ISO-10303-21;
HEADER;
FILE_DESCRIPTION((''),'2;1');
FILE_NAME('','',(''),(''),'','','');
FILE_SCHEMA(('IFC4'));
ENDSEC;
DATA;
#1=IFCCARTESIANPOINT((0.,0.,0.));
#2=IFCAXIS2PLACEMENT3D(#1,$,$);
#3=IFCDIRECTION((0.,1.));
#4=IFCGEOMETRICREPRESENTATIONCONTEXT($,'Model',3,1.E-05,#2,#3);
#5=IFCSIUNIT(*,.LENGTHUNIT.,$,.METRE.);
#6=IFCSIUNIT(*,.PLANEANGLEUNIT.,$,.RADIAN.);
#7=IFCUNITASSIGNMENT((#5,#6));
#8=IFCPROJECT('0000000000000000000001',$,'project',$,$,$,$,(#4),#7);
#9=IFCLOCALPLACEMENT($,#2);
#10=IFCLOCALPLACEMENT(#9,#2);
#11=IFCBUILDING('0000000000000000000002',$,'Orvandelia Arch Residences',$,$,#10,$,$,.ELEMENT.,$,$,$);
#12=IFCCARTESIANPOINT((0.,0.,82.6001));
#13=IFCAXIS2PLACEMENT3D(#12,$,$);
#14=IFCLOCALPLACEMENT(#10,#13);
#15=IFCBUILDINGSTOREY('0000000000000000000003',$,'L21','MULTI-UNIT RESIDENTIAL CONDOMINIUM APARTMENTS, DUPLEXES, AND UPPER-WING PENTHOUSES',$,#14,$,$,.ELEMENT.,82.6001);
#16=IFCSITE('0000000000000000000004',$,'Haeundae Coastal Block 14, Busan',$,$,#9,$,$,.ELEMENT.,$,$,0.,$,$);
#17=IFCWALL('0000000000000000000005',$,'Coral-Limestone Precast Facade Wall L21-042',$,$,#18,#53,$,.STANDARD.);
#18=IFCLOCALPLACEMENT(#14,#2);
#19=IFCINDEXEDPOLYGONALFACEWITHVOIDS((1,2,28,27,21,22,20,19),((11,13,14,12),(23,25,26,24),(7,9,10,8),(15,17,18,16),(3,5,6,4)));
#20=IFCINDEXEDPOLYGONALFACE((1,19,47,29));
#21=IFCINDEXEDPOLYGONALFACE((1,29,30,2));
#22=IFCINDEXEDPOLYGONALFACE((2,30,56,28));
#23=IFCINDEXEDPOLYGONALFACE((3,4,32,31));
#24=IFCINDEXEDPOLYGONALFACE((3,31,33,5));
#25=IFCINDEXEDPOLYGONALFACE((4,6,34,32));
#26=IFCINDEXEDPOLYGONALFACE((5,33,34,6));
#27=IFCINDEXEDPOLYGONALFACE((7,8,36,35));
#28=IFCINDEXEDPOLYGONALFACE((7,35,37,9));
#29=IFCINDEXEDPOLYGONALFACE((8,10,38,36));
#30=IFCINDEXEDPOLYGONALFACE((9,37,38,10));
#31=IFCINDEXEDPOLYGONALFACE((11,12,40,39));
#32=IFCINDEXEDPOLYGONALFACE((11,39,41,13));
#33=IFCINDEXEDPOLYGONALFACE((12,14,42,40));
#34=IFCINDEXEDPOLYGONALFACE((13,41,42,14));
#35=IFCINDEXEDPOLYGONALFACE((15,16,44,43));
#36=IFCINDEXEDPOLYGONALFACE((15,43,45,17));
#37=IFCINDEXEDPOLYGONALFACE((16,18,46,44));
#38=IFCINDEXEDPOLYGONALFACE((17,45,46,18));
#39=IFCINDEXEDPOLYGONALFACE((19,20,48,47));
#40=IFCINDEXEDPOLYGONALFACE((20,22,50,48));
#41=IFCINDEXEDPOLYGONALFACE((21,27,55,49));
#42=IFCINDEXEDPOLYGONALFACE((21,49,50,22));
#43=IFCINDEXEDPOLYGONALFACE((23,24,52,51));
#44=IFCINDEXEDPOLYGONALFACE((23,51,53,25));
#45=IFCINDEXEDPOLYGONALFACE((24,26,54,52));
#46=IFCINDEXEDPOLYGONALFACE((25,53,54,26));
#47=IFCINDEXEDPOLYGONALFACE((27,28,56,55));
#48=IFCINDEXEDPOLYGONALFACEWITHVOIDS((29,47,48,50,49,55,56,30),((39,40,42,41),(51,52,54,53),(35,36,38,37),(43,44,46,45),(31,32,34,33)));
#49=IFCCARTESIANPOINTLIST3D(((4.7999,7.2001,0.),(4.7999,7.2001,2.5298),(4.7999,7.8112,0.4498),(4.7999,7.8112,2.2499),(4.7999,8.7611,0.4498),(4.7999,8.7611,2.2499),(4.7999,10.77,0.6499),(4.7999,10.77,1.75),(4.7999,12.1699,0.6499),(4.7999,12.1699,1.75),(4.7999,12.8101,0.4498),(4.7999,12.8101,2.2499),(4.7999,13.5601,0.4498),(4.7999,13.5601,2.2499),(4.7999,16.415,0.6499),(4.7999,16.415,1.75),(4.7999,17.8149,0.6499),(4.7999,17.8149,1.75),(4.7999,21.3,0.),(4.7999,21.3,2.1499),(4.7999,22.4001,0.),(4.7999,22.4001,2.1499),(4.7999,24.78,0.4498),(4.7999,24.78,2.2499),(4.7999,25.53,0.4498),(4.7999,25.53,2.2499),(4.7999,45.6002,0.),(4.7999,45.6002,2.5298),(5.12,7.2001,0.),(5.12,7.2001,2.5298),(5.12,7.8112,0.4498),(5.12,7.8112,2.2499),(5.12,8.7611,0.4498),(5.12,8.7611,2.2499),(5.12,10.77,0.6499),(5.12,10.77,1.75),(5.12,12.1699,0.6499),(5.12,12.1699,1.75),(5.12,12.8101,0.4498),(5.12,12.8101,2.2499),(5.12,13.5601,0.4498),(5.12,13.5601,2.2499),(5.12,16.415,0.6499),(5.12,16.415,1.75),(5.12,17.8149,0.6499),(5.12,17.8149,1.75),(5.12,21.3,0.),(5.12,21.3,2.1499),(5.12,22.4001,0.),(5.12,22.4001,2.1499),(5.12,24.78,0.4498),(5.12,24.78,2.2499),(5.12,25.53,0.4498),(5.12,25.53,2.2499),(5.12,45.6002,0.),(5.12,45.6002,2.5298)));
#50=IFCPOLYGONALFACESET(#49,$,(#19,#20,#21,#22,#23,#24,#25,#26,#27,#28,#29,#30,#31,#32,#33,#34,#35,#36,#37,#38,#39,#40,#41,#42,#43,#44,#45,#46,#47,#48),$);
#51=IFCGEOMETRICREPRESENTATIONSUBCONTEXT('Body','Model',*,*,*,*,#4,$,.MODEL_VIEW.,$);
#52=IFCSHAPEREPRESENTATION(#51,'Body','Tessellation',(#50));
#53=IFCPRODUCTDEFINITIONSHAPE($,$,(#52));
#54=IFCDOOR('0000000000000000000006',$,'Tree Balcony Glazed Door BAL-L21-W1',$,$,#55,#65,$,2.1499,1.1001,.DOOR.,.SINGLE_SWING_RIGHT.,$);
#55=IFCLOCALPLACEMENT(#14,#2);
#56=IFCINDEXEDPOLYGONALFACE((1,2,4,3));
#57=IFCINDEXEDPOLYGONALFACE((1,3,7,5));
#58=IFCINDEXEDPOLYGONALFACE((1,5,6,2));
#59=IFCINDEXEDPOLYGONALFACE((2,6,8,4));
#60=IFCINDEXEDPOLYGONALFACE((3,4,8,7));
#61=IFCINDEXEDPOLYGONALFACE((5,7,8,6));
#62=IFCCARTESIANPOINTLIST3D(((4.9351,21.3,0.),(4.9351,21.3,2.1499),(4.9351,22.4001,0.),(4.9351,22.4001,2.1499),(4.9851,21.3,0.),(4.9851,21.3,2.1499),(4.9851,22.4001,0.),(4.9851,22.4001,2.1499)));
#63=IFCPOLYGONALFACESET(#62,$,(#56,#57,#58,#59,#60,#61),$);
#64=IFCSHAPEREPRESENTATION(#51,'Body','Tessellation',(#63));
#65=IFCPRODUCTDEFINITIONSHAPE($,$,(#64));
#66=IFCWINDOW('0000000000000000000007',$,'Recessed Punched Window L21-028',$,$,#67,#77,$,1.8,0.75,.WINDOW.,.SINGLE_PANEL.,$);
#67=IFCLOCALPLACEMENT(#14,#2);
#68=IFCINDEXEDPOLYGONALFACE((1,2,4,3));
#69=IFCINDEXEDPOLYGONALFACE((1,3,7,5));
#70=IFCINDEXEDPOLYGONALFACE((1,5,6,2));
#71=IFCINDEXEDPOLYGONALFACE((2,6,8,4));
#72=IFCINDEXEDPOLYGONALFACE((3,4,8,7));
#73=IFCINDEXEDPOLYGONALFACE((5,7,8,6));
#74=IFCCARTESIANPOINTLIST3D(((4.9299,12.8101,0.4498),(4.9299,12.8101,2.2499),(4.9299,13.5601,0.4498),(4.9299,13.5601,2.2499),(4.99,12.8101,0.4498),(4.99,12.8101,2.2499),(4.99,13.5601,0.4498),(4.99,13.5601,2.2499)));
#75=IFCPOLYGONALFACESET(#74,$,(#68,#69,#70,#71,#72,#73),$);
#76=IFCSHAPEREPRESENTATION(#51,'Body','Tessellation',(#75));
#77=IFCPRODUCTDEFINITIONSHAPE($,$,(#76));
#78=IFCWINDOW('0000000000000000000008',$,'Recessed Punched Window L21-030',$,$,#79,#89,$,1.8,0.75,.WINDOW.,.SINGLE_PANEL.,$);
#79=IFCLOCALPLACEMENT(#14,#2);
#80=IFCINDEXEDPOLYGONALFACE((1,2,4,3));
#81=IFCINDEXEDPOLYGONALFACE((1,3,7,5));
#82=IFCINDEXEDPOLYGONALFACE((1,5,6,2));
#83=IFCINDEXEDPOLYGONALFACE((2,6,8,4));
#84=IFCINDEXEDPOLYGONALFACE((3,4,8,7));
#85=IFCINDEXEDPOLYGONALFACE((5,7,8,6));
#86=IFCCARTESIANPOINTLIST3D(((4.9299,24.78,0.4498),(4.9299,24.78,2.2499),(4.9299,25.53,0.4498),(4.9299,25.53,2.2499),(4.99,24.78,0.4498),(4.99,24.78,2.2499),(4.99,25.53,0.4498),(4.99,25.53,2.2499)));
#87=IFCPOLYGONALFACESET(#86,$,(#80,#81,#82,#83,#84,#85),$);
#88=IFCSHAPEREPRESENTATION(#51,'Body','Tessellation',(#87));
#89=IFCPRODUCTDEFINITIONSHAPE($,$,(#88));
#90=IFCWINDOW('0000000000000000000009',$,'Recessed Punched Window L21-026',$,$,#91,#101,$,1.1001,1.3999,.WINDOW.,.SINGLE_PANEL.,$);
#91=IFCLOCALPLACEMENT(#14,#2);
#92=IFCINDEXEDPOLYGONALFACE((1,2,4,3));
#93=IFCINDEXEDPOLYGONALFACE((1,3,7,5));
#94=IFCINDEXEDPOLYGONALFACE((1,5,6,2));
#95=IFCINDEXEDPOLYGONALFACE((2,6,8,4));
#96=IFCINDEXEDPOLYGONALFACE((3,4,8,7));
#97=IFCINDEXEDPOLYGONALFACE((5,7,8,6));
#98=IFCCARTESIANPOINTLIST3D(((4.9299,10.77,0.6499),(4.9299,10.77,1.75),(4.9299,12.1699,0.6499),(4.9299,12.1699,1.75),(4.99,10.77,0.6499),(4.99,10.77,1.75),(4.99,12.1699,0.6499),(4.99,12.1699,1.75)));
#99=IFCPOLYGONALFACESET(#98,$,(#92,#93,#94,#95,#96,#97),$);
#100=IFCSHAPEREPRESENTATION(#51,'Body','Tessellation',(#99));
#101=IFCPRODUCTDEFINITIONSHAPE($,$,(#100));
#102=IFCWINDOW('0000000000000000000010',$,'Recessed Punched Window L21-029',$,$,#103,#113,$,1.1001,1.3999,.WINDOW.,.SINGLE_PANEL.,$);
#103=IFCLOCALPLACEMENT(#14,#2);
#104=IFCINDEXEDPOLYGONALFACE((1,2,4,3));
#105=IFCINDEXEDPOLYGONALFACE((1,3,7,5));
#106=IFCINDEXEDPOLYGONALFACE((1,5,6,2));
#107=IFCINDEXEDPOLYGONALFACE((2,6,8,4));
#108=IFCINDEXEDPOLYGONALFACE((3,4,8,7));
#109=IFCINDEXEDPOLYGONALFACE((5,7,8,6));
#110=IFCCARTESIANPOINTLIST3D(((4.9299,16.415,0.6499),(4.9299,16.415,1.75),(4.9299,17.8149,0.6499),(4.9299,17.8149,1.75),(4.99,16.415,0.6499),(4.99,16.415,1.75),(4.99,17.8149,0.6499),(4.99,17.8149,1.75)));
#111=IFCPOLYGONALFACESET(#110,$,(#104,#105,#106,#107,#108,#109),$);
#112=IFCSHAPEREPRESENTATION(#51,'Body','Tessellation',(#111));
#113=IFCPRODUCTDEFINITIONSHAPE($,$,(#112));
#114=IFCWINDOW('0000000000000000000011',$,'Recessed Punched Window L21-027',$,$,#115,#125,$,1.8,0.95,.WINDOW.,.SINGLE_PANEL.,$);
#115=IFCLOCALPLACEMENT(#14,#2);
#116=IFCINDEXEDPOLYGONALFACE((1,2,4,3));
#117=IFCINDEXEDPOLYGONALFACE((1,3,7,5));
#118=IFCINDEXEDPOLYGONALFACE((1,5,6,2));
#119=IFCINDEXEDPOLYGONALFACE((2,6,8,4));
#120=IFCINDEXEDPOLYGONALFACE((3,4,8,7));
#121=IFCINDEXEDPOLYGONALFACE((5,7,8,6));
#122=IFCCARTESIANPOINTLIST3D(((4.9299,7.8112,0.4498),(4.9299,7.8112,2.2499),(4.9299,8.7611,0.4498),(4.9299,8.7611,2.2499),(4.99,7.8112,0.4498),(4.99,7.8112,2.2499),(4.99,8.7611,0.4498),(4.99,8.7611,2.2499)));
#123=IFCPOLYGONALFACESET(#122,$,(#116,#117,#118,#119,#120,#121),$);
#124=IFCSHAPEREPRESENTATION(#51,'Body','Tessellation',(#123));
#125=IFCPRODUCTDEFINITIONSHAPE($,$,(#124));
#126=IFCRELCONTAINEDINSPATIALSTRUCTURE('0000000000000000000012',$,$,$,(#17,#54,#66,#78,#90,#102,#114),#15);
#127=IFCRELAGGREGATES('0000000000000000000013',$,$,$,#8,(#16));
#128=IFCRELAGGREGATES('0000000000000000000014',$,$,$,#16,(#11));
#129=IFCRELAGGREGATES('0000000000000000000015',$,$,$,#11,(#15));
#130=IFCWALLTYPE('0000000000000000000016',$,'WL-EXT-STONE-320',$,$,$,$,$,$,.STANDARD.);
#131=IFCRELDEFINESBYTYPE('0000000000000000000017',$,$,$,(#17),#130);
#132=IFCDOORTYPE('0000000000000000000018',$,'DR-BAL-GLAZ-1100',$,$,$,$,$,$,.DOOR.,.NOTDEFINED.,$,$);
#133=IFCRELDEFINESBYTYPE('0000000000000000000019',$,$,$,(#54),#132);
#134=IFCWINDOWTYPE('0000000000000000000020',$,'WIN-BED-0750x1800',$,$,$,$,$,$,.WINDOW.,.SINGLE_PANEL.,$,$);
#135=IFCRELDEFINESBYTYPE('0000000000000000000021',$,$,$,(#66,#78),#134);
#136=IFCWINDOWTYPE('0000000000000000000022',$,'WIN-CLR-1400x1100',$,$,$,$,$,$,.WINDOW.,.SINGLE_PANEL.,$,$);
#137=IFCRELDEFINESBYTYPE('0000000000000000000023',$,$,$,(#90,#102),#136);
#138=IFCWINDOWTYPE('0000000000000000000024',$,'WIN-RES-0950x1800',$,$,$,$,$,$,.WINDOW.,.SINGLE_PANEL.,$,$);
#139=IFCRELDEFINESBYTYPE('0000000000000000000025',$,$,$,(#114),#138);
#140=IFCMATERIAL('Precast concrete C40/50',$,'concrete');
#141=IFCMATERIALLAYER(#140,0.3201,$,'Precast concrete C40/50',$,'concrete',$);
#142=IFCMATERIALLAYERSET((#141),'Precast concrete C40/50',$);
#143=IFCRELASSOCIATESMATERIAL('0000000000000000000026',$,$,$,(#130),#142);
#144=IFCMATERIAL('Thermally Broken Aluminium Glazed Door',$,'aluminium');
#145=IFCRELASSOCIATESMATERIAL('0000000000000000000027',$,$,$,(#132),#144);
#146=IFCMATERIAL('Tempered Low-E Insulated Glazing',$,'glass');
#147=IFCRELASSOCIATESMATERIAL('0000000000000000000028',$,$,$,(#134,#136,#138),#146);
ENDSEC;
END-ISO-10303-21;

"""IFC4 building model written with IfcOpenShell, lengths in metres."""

from ifc_helpers import new_model, si_unit, direction, frame, frame_2d, origin, place, context, subcontext, project, spatial, rectangle, extrude, material, layer, layer_set, type_object, element, fill, save


model = new_model("IFC4")

# Units and contexts
model_context = context("Model", 3, precision=1e-05, world=origin(), true_north=direction((0.0, 1.0)))
body_context = subcontext(model_context, "Body", "Model", "MODEL_VIEW")
ifc_project = project(units=[si_unit("LENGTHUNIT", "METRE"), si_unit("PLANEANGLEUNIT", "RADIAN")], contexts=[model_context])

# Site, building, storey
site_placement = place(None, origin())
site = spatial("IfcSite", under=ifc_project, at=site_placement, Name="Haeundae Coastal Block 14, Busan", CompositionType="ELEMENT", RefElevation=0.0)
building_placement = place(site_placement, origin())
building = spatial("IfcBuilding", under=site, at=building_placement, Name="Orvandelia Arch Residences", CompositionType="ELEMENT")
storey_placement = place(building_placement, frame((0.0, 0.0, 82.6001)))
storey = spatial("IfcBuildingStorey", under=building, at=storey_placement, Name="L21", Description="MULTI-UNIT RESIDENTIAL CONDOMINIUM APARTMENTS, DUPLEXES, AND UPPER-WING PENTHOUSES", CompositionType="ELEMENT", Elevation=82.6001)

# Shared definitions
ifc_material_1 = material(Name="Precast concrete C40/50", Category="concrete")

# Shared definitions
ifc_layer_1 = layer(ifc_material_1, 0.3201, Name="Precast concrete C40/50", Category="concrete")
ifc_layer_set_1 = layer_set([ifc_layer_1], Name="Precast concrete C40/50")
wall_type_1 = type_object("IfcWallType", Name="WL-EXT-STONE-320", PredefinedType="STANDARD", material=ifc_layer_set_1)

# Wall, openings, door, windows
wall_1_placement = place(storey_placement, frame((4.96, 7.2, 0.0), z_axis=(0.0, 0.0, 1.0), x_axis=(0.0, 1.0, 0.0)))
wall_1 = element("IfcWall", 1, at=wall_1_placement, inside=storey, type_object=wall_type_1, Name="Coral-Limestone Precast Facade Wall L21-042", PredefinedType="STANDARD", context=body_context, shape_type="SweptSolid", body=[
    extrude(rectangle(XDim=38.4001, YDim=0.3201, at=frame_2d((19.2002, 0.0))), origin(), (0.0, 0.0, 1.0), 2.5298),
])
opening_1_placement = place(wall_1_placement, frame((14.1001, 0.0, 0.0)))
opening_1 = element("IfcOpeningElement", 2, at=opening_1_placement, cuts=wall_1, PredefinedType="OPENING", context=body_context, shape_type="SweptSolid", body=[
    extrude(rectangle(XDim=1.1001, YDim=2.1499, at=frame_2d((0.55, 1.075))), frame((0.0, 0.1699, 0.0), z_axis=(0.0, -1.0, 0.0), x_axis=(1.0, 0.0, 0.0)), (0.0, 0.0, 1.0), 0.3401),
])
opening_2_placement = place(wall_1_placement, frame((3.5701, 0.0, 0.6499)))
opening_2 = element("IfcOpeningElement", 3, at=opening_2_placement, cuts=wall_1, PredefinedType="OPENING", context=body_context, shape_type="SweptSolid", body=[
    extrude(rectangle(XDim=1.3999, YDim=1.1001, at=frame_2d((0.7, 0.55))), frame((0.0, 0.1699, 0.0), z_axis=(0.0, -1.0, 0.0), x_axis=(1.0, 0.0, 0.0)), (0.0, 0.0, 1.0), 0.3401),
])
opening_3_placement = place(wall_1_placement, frame((0.6111, 0.0, 0.45)))
opening_3 = element("IfcOpeningElement", 4, at=opening_3_placement, cuts=wall_1, PredefinedType="OPENING", context=body_context, shape_type="SweptSolid", body=[
    extrude(rectangle(XDim=0.95, YDim=1.8, at=frame_2d((0.4751, 0.8999))), frame((0.0, 0.1699, 0.0), z_axis=(0.0, -1.0, 0.0), x_axis=(1.0, 0.0, 0.0)), (0.0, 0.0, 1.0), 0.3401),
])
opening_4_placement = place(wall_1_placement, frame((5.6101, 0.0, 0.45)))
opening_4 = element("IfcOpeningElement", 5, at=opening_4_placement, cuts=wall_1, PredefinedType="OPENING", context=body_context, shape_type="SweptSolid", body=[
    extrude(rectangle(XDim=0.75, YDim=1.8, at=frame_2d((0.375, 0.8999))), frame((0.0, 0.1699, 0.0), z_axis=(0.0, -1.0, 0.0), x_axis=(1.0, 0.0, 0.0)), (0.0, 0.0, 1.0), 0.3401),
])
opening_5_placement = place(wall_1_placement, frame((9.2151, 0.0, 0.6499)))
opening_5 = element("IfcOpeningElement", 6, at=opening_5_placement, cuts=wall_1, PredefinedType="OPENING", context=body_context, shape_type="SweptSolid", body=[
    extrude(rectangle(XDim=1.3999, YDim=1.1001, at=frame_2d((0.7, 0.55))), frame((0.0, 0.1699, 0.0), z_axis=(0.0, -1.0, 0.0), x_axis=(1.0, 0.0, 0.0)), (0.0, 0.0, 1.0), 0.3401),
])
opening_6_placement = place(wall_1_placement, frame((17.5801, 0.0, 0.45)))
opening_6 = element("IfcOpeningElement", 7, at=opening_6_placement, cuts=wall_1, PredefinedType="OPENING", context=body_context, shape_type="SweptSolid", body=[
    extrude(rectangle(XDim=0.75, YDim=1.8, at=frame_2d((0.375, 0.8999))), frame((0.0, 0.1699, 0.0), z_axis=(0.0, -1.0, 0.0), x_axis=(1.0, 0.0, 0.0)), (0.0, 0.0, 1.0), 0.3401),
])
ifc_material_2 = material(Name="Thermally Broken Aluminium Glazed Door", Category="aluminium")
door_type_1 = type_object("IfcDoorType", Name="DR-BAL-GLAZ-1100", OperationType="NOTDEFINED", PredefinedType="DOOR", material=ifc_material_2)
door_1_placement = place(opening_1_placement, origin())
door_1 = element("IfcDoor", 8, at=door_1_placement, inside=storey, type_object=door_type_1, Name="Tree Balcony Glazed Door BAL-L21-W1", OperationType="SINGLE_SWING_RIGHT", OverallHeight=2.1499, OverallWidth=1.1001, PredefinedType="DOOR", context=body_context, shape_type="SweptSolid", body=[
    extrude(rectangle(XDim=1.1001, YDim=2.1499, at=frame_2d((0.55, 1.075))), frame((0.0, 0.0249, 0.0), z_axis=(0.0, -1.0, 0.0), x_axis=(1.0, 0.0, 0.0)), (0.0, 0.0, 1.0), 0.05),
])
fill(opening_1, door_1)
ifc_material_3 = material(Name="Tempered Low-E Insulated Glazing", Category="glass")
window_type_1 = type_object("IfcWindowType", Name="WIN-BED-0750x1800", PartitioningType="SINGLE_PANEL", PredefinedType="WINDOW", material=ifc_material_3)
window_1_placement = place(opening_4_placement, origin())
window_1 = element("IfcWindow", 9, at=window_1_placement, inside=storey, type_object=window_type_1, Name="Recessed Punched Window L21-028", OverallHeight=1.8, OverallWidth=0.75, PartitioningType="SINGLE_PANEL", PredefinedType="WINDOW", context=body_context, shape_type="SweptSolid", body=[
    extrude(rectangle(XDim=0.75, YDim=1.8, at=frame_2d((0.375, 0.8999))), frame((0.0, 0.03, 0.0), z_axis=(0.0, -1.0, 0.0), x_axis=(1.0, 0.0, 0.0)), (0.0, 0.0, 1.0), 0.0601),
])
fill(opening_4, window_1)
window_2_placement = place(opening_6_placement, origin())
window_2 = element("IfcWindow", 10, at=window_2_placement, inside=storey, type_object=window_type_1, Name="Recessed Punched Window L21-030", OverallHeight=1.8, OverallWidth=0.75, PartitioningType="SINGLE_PANEL", PredefinedType="WINDOW", context=body_context, shape_type="SweptSolid", body=[
    extrude(rectangle(XDim=0.75, YDim=1.8, at=frame_2d((0.375, 0.8999))), frame((0.0, 0.03, 0.0), z_axis=(0.0, -1.0, 0.0), x_axis=(1.0, 0.0, 0.0)), (0.0, 0.0, 1.0), 0.0601),
])
fill(opening_6, window_2)
window_type_2 = type_object("IfcWindowType", Name="WIN-CLR-1400x1100", PartitioningType="SINGLE_PANEL", PredefinedType="WINDOW", material=ifc_material_3)
window_3_placement = place(opening_2_placement, origin())
window_3 = element("IfcWindow", 11, at=window_3_placement, inside=storey, type_object=window_type_2, Name="Recessed Punched Window L21-026", OverallHeight=1.1001, OverallWidth=1.3999, PartitioningType="SINGLE_PANEL", PredefinedType="WINDOW", context=body_context, shape_type="SweptSolid", body=[
    extrude(rectangle(XDim=1.3999, YDim=1.1001, at=frame_2d((0.7, 0.55))), frame((0.0, 0.03, 0.0), z_axis=(0.0, -1.0, 0.0), x_axis=(1.0, 0.0, 0.0)), (0.0, 0.0, 1.0), 0.0601),
])
fill(opening_2, window_3)
window_4_placement = place(opening_5_placement, origin())
window_4 = element("IfcWindow", 12, at=window_4_placement, inside=storey, type_object=window_type_2, Name="Recessed Punched Window L21-029", OverallHeight=1.1001, OverallWidth=1.3999, PartitioningType="SINGLE_PANEL", PredefinedType="WINDOW", context=body_context, shape_type="SweptSolid", body=[
    extrude(rectangle(XDim=1.3999, YDim=1.1001, at=frame_2d((0.7, 0.55))), frame((0.0, 0.03, 0.0), z_axis=(0.0, -1.0, 0.0), x_axis=(1.0, 0.0, 0.0)), (0.0, 0.0, 1.0), 0.0601),
])
fill(opening_5, window_4)
window_type_3 = type_object("IfcWindowType", Name="WIN-RES-0950x1800", PartitioningType="SINGLE_PANEL", PredefinedType="WINDOW", material=ifc_material_3)
window_5_placement = place(opening_3_placement, origin())
window_5 = element("IfcWindow", 13, at=window_5_placement, inside=storey, type_object=window_type_3, Name="Recessed Punched Window L21-027", OverallHeight=1.8, OverallWidth=0.95, PartitioningType="SINGLE_PANEL", PredefinedType="WINDOW", context=body_context, shape_type="SweptSolid", body=[
    extrude(rectangle(XDim=0.95, YDim=1.8, at=frame_2d((0.4751, 0.8999))), frame((0.0, 0.03, 0.0), z_axis=(0.0, -1.0, 0.0), x_axis=(1.0, 0.0, 0.0)), (0.0, 0.0, 1.0), 0.0601),
])
fill(opening_3, window_5)

save(model, "model.ifc")
